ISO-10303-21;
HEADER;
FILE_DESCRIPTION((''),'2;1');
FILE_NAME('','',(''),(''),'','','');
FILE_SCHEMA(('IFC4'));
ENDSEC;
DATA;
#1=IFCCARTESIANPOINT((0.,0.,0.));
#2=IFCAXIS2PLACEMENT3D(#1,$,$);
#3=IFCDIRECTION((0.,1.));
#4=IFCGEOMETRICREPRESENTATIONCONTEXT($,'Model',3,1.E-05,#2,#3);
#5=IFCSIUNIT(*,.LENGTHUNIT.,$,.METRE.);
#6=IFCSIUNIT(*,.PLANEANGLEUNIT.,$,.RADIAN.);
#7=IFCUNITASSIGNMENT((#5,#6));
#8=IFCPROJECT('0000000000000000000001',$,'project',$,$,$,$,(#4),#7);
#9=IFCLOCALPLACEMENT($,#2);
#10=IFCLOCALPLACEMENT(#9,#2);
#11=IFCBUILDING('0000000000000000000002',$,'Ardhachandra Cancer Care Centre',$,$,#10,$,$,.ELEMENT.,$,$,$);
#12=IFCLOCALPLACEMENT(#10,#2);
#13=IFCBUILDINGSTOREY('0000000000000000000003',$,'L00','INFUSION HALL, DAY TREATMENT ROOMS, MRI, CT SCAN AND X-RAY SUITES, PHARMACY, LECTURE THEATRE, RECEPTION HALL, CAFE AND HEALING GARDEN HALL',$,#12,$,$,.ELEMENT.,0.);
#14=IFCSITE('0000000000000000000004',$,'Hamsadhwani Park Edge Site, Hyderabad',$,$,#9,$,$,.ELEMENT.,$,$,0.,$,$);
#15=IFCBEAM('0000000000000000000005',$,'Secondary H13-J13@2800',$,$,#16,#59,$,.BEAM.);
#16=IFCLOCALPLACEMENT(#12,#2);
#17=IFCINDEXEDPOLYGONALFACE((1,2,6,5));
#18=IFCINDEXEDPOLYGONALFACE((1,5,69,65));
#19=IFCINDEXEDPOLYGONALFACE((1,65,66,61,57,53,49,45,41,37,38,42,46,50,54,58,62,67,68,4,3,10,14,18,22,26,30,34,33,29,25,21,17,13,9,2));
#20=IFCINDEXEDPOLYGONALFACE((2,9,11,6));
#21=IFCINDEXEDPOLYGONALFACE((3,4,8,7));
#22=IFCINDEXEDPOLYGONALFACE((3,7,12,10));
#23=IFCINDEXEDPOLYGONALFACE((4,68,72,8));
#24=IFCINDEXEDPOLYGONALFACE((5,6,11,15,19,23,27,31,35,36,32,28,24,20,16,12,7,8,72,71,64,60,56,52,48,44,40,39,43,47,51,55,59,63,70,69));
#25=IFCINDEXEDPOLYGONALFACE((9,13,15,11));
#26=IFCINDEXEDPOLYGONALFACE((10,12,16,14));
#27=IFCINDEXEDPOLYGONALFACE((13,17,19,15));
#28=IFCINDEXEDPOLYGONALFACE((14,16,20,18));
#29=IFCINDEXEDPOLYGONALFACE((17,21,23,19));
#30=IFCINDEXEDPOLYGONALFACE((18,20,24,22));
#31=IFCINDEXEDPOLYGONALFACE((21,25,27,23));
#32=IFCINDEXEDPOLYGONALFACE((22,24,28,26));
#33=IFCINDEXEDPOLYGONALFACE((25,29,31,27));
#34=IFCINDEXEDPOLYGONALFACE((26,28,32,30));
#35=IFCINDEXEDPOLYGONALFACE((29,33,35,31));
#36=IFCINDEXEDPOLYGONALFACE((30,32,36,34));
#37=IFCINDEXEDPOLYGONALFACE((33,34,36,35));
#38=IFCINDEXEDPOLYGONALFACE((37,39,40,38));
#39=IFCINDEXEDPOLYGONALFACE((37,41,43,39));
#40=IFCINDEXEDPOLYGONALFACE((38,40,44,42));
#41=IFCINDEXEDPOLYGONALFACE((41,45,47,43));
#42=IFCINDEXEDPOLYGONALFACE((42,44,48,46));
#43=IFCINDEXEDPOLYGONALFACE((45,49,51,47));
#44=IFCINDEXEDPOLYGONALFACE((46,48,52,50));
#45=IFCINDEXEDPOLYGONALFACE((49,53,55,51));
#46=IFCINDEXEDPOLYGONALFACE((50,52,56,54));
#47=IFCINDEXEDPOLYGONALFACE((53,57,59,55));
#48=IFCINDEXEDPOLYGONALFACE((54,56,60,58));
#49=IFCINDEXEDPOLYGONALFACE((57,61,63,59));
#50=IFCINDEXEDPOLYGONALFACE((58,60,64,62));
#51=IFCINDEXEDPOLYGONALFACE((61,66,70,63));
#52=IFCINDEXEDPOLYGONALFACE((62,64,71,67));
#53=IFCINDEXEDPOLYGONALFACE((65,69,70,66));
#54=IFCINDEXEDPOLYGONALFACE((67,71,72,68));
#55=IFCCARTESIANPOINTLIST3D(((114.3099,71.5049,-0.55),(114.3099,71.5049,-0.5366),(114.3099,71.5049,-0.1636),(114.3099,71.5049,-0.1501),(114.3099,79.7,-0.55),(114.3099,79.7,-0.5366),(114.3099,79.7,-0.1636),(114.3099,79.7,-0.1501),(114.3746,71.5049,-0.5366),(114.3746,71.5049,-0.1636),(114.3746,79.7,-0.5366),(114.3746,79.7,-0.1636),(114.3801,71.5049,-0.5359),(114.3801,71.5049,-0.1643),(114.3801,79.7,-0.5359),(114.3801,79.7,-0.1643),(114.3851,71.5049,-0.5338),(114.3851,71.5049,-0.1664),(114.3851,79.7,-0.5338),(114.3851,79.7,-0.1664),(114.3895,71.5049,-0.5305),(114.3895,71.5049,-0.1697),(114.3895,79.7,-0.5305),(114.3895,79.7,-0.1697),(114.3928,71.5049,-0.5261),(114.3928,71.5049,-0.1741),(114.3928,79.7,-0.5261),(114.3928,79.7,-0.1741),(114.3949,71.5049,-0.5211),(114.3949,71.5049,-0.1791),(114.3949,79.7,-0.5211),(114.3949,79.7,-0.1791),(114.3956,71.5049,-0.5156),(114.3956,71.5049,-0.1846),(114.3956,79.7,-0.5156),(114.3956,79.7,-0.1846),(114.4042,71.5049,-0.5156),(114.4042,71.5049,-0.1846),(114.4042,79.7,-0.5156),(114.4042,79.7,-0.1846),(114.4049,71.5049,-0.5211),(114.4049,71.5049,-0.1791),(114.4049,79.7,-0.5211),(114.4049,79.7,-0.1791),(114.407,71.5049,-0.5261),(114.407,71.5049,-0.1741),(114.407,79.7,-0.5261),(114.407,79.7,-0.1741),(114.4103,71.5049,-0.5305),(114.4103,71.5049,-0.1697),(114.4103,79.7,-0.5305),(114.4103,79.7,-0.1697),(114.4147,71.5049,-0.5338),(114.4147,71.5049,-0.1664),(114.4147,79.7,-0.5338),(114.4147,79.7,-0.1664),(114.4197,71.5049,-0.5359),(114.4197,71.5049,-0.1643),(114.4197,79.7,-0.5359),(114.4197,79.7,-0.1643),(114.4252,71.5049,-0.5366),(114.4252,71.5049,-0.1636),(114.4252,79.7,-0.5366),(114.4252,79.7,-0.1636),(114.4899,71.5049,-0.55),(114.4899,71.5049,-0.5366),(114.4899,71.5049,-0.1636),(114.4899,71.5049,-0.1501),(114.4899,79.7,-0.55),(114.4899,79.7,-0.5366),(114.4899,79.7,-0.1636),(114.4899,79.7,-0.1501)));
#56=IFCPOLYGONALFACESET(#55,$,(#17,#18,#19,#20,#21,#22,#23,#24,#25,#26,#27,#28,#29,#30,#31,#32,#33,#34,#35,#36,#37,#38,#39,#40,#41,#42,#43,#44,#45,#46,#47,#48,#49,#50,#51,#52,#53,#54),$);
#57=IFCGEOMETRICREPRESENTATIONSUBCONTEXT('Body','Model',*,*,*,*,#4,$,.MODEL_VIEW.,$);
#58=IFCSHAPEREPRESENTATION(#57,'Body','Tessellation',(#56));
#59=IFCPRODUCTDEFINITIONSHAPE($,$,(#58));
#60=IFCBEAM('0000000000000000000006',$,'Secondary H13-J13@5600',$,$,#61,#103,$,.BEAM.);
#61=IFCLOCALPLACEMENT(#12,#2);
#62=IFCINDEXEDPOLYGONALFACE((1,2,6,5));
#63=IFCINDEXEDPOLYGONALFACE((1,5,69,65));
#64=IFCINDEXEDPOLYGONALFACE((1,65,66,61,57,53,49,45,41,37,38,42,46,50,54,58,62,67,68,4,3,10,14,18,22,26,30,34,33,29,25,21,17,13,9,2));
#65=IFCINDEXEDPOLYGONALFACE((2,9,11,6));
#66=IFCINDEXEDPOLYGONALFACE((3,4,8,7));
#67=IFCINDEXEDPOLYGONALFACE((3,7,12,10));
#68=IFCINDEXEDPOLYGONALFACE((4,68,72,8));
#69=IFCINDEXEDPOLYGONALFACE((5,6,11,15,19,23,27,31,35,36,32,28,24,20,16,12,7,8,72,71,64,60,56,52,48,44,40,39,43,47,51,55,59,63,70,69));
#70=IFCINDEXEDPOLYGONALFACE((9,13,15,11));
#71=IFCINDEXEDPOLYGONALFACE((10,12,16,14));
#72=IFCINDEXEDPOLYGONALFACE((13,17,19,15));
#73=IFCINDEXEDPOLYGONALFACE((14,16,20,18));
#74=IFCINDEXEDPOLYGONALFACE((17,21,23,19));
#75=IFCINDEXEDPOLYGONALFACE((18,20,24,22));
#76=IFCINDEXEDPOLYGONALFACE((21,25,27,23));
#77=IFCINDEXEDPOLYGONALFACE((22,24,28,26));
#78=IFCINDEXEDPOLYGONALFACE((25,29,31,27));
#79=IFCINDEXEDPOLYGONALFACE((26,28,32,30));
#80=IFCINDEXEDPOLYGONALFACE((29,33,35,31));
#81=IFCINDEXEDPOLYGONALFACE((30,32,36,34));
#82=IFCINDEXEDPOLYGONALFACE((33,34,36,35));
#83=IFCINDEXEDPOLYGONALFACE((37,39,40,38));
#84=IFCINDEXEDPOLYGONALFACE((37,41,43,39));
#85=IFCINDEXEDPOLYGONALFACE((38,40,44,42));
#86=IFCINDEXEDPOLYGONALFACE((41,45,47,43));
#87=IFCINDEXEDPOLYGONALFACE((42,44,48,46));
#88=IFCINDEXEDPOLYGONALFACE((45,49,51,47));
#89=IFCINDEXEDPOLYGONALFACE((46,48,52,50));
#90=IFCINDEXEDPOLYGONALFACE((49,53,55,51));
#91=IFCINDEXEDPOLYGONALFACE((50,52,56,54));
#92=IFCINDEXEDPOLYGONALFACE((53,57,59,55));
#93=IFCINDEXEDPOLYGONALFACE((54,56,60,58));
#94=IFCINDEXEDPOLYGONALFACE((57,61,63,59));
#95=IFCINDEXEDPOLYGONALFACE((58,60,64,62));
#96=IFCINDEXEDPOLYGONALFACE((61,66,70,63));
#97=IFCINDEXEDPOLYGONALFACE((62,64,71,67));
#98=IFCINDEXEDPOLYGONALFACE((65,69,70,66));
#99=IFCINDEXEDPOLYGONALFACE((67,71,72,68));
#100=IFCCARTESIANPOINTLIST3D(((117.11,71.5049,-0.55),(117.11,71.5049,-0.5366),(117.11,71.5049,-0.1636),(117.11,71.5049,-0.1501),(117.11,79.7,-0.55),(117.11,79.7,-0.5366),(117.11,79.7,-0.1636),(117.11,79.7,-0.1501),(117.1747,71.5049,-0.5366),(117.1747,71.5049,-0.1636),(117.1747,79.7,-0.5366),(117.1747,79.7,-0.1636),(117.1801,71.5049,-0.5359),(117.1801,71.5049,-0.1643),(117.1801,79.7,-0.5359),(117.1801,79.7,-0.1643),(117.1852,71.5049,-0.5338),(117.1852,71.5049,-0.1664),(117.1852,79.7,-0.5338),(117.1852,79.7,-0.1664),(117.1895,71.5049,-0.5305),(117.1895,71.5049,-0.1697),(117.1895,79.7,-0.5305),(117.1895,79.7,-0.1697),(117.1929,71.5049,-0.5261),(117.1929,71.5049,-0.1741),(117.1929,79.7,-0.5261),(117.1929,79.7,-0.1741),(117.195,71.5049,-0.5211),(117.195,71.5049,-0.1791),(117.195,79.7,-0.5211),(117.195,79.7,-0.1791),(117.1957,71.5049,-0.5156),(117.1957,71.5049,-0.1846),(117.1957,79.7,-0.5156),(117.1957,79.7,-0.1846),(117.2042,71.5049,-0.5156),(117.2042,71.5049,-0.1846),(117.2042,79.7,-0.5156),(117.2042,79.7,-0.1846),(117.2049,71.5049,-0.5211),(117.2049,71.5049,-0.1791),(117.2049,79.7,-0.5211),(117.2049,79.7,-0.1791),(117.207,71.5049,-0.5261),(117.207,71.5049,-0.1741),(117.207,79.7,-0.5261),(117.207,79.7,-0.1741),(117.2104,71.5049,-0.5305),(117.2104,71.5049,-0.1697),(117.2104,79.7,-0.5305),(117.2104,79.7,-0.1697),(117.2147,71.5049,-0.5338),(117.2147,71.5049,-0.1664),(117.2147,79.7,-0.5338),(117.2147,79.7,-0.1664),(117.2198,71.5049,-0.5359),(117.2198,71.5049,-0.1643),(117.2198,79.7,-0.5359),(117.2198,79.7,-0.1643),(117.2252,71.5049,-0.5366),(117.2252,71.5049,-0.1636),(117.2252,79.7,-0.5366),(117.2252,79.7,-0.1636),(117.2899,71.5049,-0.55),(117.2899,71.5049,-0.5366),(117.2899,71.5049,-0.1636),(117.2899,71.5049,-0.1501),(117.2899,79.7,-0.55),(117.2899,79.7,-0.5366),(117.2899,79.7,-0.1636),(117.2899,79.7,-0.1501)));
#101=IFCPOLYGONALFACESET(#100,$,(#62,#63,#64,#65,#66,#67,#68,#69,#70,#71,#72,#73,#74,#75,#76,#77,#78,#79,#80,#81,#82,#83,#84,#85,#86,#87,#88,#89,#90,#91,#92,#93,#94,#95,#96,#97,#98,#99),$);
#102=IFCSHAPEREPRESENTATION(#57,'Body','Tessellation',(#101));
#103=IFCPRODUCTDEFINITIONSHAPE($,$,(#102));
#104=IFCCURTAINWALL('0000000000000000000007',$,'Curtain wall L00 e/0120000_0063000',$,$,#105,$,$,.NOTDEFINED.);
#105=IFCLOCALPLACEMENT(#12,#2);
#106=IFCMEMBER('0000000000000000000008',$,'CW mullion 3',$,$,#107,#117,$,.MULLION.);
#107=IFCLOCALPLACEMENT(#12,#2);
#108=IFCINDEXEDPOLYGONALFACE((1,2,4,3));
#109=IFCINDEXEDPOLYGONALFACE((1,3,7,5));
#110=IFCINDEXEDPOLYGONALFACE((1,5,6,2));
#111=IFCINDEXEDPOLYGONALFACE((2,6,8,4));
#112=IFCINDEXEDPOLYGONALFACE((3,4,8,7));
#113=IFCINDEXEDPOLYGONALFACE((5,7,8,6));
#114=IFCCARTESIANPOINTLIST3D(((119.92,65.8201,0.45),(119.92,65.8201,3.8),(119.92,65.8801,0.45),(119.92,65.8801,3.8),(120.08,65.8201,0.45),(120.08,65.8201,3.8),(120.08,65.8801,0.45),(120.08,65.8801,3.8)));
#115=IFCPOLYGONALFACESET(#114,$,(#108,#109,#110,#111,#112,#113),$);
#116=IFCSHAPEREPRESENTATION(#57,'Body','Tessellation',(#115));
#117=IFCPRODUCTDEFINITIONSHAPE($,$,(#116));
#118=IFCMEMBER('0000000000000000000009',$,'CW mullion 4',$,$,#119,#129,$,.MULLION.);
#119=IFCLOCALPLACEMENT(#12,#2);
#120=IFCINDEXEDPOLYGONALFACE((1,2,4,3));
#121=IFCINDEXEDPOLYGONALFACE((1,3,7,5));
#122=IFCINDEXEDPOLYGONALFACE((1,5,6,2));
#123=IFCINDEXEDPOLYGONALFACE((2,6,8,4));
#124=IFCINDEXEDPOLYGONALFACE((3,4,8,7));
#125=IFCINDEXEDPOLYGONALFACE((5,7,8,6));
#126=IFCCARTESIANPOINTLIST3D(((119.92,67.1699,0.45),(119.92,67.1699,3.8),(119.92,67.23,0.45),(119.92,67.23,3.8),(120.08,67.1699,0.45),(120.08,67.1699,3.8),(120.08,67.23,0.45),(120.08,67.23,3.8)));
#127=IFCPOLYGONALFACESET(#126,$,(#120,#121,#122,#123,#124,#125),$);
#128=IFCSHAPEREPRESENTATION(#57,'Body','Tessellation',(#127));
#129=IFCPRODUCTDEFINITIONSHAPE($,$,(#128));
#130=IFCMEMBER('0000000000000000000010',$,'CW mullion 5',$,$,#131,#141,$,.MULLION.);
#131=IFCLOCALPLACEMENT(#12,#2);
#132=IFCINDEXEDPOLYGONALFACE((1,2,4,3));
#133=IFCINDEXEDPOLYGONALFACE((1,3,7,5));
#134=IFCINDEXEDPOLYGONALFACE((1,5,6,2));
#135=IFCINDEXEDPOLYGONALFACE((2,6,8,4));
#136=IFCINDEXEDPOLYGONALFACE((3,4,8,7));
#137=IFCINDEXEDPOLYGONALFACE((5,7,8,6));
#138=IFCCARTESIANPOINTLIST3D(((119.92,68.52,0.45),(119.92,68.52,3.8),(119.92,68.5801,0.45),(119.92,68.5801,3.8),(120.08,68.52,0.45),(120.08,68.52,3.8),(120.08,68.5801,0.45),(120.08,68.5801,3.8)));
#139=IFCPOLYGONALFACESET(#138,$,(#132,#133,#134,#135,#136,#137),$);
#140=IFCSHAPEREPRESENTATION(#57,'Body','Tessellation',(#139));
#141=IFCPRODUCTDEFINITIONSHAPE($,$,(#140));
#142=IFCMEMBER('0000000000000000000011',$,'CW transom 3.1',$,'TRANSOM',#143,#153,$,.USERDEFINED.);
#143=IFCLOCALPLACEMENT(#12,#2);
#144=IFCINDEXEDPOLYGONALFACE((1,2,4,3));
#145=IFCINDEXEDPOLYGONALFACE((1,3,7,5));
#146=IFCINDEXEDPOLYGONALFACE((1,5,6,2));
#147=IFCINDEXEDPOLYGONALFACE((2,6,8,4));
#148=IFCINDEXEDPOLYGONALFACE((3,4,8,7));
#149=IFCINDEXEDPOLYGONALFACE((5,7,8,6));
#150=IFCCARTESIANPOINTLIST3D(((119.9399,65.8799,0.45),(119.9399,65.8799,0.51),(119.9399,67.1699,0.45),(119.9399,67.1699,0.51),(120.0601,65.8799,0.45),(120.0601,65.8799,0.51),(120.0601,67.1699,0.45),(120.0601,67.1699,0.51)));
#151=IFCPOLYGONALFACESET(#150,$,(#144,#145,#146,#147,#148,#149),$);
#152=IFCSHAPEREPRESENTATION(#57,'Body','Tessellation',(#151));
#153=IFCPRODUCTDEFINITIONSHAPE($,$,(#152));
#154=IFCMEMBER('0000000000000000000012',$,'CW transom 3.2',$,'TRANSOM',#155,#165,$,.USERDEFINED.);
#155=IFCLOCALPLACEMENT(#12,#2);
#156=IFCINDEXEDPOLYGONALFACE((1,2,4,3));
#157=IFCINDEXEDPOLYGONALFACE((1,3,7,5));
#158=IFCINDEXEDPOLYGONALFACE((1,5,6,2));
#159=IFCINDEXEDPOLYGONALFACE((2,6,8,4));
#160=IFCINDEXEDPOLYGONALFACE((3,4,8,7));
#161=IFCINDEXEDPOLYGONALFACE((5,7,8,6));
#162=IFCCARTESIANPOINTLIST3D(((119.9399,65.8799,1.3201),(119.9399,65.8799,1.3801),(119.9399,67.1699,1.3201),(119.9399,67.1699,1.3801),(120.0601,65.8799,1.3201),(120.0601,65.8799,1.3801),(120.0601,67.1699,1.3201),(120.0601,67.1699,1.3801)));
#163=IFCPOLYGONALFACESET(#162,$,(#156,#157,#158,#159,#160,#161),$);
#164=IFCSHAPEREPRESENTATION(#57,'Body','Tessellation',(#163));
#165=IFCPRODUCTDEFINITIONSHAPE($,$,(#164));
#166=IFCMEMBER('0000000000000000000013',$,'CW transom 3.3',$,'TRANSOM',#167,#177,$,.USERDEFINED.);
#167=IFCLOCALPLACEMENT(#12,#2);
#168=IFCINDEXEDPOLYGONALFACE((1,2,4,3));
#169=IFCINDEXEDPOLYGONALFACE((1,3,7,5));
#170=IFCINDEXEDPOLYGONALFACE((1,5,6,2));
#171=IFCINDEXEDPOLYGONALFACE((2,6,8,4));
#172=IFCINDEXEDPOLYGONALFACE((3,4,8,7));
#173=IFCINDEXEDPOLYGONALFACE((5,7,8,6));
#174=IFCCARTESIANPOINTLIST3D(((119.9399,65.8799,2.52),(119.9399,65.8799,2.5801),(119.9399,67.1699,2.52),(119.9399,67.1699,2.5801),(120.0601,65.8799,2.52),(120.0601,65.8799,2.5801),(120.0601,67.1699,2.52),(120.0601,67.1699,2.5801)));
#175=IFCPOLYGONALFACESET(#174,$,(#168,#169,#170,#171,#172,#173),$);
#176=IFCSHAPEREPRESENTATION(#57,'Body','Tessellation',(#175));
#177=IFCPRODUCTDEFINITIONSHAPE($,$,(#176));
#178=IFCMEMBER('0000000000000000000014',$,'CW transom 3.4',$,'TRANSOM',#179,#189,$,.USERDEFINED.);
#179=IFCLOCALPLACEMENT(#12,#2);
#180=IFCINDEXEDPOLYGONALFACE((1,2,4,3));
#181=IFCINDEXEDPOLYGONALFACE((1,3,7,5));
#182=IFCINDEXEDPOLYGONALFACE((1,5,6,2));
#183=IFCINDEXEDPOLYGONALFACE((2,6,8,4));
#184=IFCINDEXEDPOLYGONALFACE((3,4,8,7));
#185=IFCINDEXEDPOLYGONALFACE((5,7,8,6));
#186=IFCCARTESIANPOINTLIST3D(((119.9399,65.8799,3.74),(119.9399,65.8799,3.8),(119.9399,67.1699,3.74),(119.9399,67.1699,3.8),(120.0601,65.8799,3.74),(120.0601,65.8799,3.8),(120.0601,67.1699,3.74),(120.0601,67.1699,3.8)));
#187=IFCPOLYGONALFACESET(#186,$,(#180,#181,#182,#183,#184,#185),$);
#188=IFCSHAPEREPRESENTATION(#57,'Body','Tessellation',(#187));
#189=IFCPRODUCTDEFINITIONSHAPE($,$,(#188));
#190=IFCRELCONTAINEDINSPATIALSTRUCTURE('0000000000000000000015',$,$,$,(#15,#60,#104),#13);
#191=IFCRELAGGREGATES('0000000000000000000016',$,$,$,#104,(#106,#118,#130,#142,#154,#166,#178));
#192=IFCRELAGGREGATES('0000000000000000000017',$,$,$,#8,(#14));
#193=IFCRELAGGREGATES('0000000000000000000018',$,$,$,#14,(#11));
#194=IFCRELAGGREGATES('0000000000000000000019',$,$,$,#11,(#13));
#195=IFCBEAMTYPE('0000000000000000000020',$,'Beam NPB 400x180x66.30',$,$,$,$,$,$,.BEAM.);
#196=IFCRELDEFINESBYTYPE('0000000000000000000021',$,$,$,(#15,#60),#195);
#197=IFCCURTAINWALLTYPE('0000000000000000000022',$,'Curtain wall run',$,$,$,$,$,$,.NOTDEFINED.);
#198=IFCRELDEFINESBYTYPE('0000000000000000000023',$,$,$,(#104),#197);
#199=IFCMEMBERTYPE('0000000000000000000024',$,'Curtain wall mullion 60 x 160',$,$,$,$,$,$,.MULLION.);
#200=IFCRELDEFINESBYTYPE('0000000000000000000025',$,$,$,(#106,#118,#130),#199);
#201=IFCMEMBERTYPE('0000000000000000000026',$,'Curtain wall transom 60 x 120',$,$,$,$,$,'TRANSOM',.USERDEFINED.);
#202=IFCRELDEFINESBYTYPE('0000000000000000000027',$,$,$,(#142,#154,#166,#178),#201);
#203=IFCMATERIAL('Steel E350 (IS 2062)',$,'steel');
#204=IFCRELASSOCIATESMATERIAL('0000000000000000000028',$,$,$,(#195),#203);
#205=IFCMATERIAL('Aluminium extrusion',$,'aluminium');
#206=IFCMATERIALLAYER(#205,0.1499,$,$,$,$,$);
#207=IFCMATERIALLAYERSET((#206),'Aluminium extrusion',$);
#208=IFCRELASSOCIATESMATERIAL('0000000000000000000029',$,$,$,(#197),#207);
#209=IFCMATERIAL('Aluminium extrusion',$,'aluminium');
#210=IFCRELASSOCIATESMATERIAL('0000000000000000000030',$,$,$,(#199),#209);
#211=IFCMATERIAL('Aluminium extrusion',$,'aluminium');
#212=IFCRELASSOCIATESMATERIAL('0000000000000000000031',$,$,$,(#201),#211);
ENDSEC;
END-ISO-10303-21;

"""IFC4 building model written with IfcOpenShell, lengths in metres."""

from ifc_helpers import new_model, si_unit, direction, frame, origin, origin_2d, place, context, subcontext, project, spatial, rectangle, i_section, extrude, material, layer, layer_set, material_profile, profile_set, type_object, element, aggregate, save


model = new_model("IFC4")

# Units and contexts
model_context = context("Model", 3, precision=1e-05, world=origin(), true_north=direction((0.0, 1.0)))
body_context = subcontext(model_context, "Body", "Model", "MODEL_VIEW")
ifc_project = project(units=[si_unit("LENGTHUNIT", "METRE"), si_unit("PLANEANGLEUNIT", "RADIAN")], contexts=[model_context])

# Site, building, storey
site_placement = place(None, origin())
site = spatial("IfcSite", under=ifc_project, at=site_placement, Name="Hamsadhwani Park Edge Site, Hyderabad", CompositionType="ELEMENT", RefElevation=0.0)
building_placement = place(site_placement, origin())
building = spatial("IfcBuilding", under=site, at=building_placement, Name="Ardhachandra Cancer Care Centre", CompositionType="ELEMENT")
storey_placement = place(building_placement, origin())
storey = spatial("IfcBuildingStorey", under=building, at=storey_placement, Name="L00", Description="INFUSION HALL, DAY TREATMENT ROOMS, MRI, CT SCAN AND X-RAY SUITES, PHARMACY, LECTURE THEATRE, RECEPTION HALL, CAFE AND HEALING GARDEN HALL", CompositionType="ELEMENT", Elevation=0.0)

# Beams
ifc_material_1 = material(Name="Steel E350 (IS 2062)", Category="steel")
ifc_material_profile_1 = material_profile(ifc_material_1, i_section(OverallWidth=0.1799, OverallDepth=0.3999, WebThickness=0.0085, FlangeThickness=0.0134, FilletRadius=0.021, at=origin_2d()), Name="NPB 400x180x66.30")
ifc_profile_set_1 = profile_set([ifc_material_profile_1], Name="Steel E350 (IS 2062)")
beam_type = type_object("IfcBeamType", Name="Beam NPB 400x180x66.30", PredefinedType="BEAM", material=ifc_profile_set_1)
for number, where, z_axis, x_axis, name in (
    (1, (114.3999, 71.5049, -0.3501), (0.0, 1.0, 0.0), (-1.0, 0.0, 0.0), "Secondary H13-J13@2800"),
    (2, (117.2, 71.5049, -0.3501), (0.0, 1.0, 0.0), (-1.0, 0.0, 0.0), "Secondary H13-J13@5600"),
):
    element("IfcBeam", number, at=place(storey_placement, frame(where, z_axis=z_axis, x_axis=x_axis)), inside=storey, type_object=beam_type, Name=name, PredefinedType="BEAM", context=body_context, shape_type="SweptSolid", body=[
        extrude(i_section(OverallWidth=0.1799, OverallDepth=0.3999, WebThickness=0.0085, FlangeThickness=0.0134, FilletRadius=0.021, at=origin_2d()), origin(), (0.0, 0.0, 1.0), 8.1951),
    ])

# Curtain wall, members
ifc_material_2 = material(Name="Aluminium extrusion", Category="aluminium")
ifc_layer_1 = layer(ifc_material_2, 0.1499)
ifc_layer_set_1 = layer_set([ifc_layer_1], Name="Aluminium extrusion")
curtain_wall_type = type_object("IfcCurtainWallType", Name="Curtain wall run", PredefinedType="NOTDEFINED", material=ifc_layer_set_1)
curtain_wall_placement = place(storey_placement, origin())
curtain_wall = element("IfcCurtainWall", 3, at=curtain_wall_placement, inside=storey, type_object=curtain_wall_type, Name="Curtain wall L00 e/0120000_0063000", PredefinedType="NOTDEFINED")
ifc_material_3 = material(Name="Aluminium extrusion", Category="aluminium")
ifc_material_profile_2 = material_profile(ifc_material_3, rectangle(XDim=0.1599, YDim=0.0601, at=origin_2d()), Name="Curtain wall mullion 60 x 160")
ifc_profile_set_2 = profile_set([ifc_material_profile_2], Name="Aluminium extrusion")
member_type_1 = type_object("IfcMemberType", Name="Curtain wall mullion 60 x 160", PredefinedType="MULLION", material=ifc_profile_set_2)
member_1_placement = place(storey_placement, frame((120.0, 65.8501, 0.45), z_axis=(0.0, 0.0, 1.0), x_axis=(-1.0, 0.0, 0.0)))
member_1 = element("IfcMember", 4, at=member_1_placement, type_object=member_type_1, Name="CW mullion 3", PredefinedType="MULLION", context=body_context, shape_type="SweptSolid", body=[
    extrude(rectangle(XDim=0.1599, YDim=0.0601, at=origin_2d()), origin(), (0.0, 0.0, 1.0), 3.3501),
])
member_2_placement = place(storey_placement, frame((120.0, 67.2, 0.45), z_axis=(0.0, 0.0, 1.0), x_axis=(-1.0, 0.0, 0.0)))
member_2 = element("IfcMember", 5, at=member_2_placement, type_object=member_type_1, Name="CW mullion 4", PredefinedType="MULLION", context=body_context, shape_type="SweptSolid", body=[
    extrude(rectangle(XDim=0.1599, YDim=0.0601, at=origin_2d()), origin(), (0.0, 0.0, 1.0), 3.3501),
])
member_3_placement = place(storey_placement, frame((120.0, 68.55, 0.45), z_axis=(0.0, 0.0, 1.0), x_axis=(-1.0, 0.0, 0.0)))
member_3 = element("IfcMember", 6, at=member_3_placement, type_object=member_type_1, Name="CW mullion 5", PredefinedType="MULLION", context=body_context, shape_type="SweptSolid", body=[
    extrude(rectangle(XDim=0.1599, YDim=0.0601, at=origin_2d()), origin(), (0.0, 0.0, 1.0), 3.3501),
])
ifc_material_4 = material(Name="Aluminium extrusion", Category="aluminium")
ifc_material_profile_3 = material_profile(ifc_material_4, rectangle(XDim=0.1201, YDim=0.0601, at=origin_2d()), Name="Curtain wall transom 60 x 120")
ifc_profile_set_3 = profile_set([ifc_material_profile_3], Name="Aluminium extrusion")
member_type_2 = type_object("IfcMemberType", Name="Curtain wall transom 60 x 120", ElementType="TRANSOM", PredefinedType="USERDEFINED", material=ifc_profile_set_3)
member_4_placement = place(storey_placement, frame((120.0, 65.8799, 0.48), z_axis=(0.0, 1.0, 0.0), x_axis=(-1.0, 0.0, 0.0)))
member_4 = element("IfcMember", 7, at=member_4_placement, type_object=member_type_2, Name="CW transom 3.1", ObjectType="TRANSOM", PredefinedType="USERDEFINED", context=body_context, shape_type="SweptSolid", body=[
    extrude(rectangle(XDim=0.1201, YDim=0.0601, at=origin_2d()), origin(), (0.0, 0.0, 1.0), 1.29),
])
member_5_placement = place(storey_placement, frame((120.0, 65.8799, 1.3501), z_axis=(0.0, 1.0, 0.0), x_axis=(-1.0, 0.0, 0.0)))
member_5 = element("IfcMember", 8, at=member_5_placement, type_object=member_type_2, Name="CW transom 3.2", ObjectType="TRANSOM", PredefinedType="USERDEFINED", context=body_context, shape_type="SweptSolid", body=[
    extrude(rectangle(XDim=0.1201, YDim=0.0601, at=origin_2d()), origin(), (0.0, 0.0, 1.0), 1.29),
])
member_6_placement = place(storey_placement, frame((120.0, 65.8799, 2.55), z_axis=(0.0, 1.0, 0.0), x_axis=(-1.0, 0.0, 0.0)))
member_6 = element("IfcMember", 9, at=member_6_placement, type_object=member_type_2, Name="CW transom 3.3", ObjectType="TRANSOM", PredefinedType="USERDEFINED", context=body_context, shape_type="SweptSolid", body=[
    extrude(rectangle(XDim=0.1201, YDim=0.0601, at=origin_2d()), origin(), (0.0, 0.0, 1.0), 1.29),
])
member_7_placement = place(storey_placement, frame((120.0, 65.8799, 3.77), z_axis=(0.0, 1.0, 0.0), x_axis=(-1.0, 0.0, 0.0)))
member_7 = element("IfcMember", 10, at=member_7_placement, type_object=member_type_2, Name="CW transom 3.4", ObjectType="TRANSOM", PredefinedType="USERDEFINED", context=body_context, shape_type="SweptSolid", body=[
    extrude(rectangle(XDim=0.1201, YDim=0.0601, at=origin_2d()), origin(), (0.0, 0.0, 1.0), 1.29),
])
aggregate(curtain_wall, [member_1, member_2, member_3, member_4, member_5, member_6, member_7])

save(model, "model.ifc")
